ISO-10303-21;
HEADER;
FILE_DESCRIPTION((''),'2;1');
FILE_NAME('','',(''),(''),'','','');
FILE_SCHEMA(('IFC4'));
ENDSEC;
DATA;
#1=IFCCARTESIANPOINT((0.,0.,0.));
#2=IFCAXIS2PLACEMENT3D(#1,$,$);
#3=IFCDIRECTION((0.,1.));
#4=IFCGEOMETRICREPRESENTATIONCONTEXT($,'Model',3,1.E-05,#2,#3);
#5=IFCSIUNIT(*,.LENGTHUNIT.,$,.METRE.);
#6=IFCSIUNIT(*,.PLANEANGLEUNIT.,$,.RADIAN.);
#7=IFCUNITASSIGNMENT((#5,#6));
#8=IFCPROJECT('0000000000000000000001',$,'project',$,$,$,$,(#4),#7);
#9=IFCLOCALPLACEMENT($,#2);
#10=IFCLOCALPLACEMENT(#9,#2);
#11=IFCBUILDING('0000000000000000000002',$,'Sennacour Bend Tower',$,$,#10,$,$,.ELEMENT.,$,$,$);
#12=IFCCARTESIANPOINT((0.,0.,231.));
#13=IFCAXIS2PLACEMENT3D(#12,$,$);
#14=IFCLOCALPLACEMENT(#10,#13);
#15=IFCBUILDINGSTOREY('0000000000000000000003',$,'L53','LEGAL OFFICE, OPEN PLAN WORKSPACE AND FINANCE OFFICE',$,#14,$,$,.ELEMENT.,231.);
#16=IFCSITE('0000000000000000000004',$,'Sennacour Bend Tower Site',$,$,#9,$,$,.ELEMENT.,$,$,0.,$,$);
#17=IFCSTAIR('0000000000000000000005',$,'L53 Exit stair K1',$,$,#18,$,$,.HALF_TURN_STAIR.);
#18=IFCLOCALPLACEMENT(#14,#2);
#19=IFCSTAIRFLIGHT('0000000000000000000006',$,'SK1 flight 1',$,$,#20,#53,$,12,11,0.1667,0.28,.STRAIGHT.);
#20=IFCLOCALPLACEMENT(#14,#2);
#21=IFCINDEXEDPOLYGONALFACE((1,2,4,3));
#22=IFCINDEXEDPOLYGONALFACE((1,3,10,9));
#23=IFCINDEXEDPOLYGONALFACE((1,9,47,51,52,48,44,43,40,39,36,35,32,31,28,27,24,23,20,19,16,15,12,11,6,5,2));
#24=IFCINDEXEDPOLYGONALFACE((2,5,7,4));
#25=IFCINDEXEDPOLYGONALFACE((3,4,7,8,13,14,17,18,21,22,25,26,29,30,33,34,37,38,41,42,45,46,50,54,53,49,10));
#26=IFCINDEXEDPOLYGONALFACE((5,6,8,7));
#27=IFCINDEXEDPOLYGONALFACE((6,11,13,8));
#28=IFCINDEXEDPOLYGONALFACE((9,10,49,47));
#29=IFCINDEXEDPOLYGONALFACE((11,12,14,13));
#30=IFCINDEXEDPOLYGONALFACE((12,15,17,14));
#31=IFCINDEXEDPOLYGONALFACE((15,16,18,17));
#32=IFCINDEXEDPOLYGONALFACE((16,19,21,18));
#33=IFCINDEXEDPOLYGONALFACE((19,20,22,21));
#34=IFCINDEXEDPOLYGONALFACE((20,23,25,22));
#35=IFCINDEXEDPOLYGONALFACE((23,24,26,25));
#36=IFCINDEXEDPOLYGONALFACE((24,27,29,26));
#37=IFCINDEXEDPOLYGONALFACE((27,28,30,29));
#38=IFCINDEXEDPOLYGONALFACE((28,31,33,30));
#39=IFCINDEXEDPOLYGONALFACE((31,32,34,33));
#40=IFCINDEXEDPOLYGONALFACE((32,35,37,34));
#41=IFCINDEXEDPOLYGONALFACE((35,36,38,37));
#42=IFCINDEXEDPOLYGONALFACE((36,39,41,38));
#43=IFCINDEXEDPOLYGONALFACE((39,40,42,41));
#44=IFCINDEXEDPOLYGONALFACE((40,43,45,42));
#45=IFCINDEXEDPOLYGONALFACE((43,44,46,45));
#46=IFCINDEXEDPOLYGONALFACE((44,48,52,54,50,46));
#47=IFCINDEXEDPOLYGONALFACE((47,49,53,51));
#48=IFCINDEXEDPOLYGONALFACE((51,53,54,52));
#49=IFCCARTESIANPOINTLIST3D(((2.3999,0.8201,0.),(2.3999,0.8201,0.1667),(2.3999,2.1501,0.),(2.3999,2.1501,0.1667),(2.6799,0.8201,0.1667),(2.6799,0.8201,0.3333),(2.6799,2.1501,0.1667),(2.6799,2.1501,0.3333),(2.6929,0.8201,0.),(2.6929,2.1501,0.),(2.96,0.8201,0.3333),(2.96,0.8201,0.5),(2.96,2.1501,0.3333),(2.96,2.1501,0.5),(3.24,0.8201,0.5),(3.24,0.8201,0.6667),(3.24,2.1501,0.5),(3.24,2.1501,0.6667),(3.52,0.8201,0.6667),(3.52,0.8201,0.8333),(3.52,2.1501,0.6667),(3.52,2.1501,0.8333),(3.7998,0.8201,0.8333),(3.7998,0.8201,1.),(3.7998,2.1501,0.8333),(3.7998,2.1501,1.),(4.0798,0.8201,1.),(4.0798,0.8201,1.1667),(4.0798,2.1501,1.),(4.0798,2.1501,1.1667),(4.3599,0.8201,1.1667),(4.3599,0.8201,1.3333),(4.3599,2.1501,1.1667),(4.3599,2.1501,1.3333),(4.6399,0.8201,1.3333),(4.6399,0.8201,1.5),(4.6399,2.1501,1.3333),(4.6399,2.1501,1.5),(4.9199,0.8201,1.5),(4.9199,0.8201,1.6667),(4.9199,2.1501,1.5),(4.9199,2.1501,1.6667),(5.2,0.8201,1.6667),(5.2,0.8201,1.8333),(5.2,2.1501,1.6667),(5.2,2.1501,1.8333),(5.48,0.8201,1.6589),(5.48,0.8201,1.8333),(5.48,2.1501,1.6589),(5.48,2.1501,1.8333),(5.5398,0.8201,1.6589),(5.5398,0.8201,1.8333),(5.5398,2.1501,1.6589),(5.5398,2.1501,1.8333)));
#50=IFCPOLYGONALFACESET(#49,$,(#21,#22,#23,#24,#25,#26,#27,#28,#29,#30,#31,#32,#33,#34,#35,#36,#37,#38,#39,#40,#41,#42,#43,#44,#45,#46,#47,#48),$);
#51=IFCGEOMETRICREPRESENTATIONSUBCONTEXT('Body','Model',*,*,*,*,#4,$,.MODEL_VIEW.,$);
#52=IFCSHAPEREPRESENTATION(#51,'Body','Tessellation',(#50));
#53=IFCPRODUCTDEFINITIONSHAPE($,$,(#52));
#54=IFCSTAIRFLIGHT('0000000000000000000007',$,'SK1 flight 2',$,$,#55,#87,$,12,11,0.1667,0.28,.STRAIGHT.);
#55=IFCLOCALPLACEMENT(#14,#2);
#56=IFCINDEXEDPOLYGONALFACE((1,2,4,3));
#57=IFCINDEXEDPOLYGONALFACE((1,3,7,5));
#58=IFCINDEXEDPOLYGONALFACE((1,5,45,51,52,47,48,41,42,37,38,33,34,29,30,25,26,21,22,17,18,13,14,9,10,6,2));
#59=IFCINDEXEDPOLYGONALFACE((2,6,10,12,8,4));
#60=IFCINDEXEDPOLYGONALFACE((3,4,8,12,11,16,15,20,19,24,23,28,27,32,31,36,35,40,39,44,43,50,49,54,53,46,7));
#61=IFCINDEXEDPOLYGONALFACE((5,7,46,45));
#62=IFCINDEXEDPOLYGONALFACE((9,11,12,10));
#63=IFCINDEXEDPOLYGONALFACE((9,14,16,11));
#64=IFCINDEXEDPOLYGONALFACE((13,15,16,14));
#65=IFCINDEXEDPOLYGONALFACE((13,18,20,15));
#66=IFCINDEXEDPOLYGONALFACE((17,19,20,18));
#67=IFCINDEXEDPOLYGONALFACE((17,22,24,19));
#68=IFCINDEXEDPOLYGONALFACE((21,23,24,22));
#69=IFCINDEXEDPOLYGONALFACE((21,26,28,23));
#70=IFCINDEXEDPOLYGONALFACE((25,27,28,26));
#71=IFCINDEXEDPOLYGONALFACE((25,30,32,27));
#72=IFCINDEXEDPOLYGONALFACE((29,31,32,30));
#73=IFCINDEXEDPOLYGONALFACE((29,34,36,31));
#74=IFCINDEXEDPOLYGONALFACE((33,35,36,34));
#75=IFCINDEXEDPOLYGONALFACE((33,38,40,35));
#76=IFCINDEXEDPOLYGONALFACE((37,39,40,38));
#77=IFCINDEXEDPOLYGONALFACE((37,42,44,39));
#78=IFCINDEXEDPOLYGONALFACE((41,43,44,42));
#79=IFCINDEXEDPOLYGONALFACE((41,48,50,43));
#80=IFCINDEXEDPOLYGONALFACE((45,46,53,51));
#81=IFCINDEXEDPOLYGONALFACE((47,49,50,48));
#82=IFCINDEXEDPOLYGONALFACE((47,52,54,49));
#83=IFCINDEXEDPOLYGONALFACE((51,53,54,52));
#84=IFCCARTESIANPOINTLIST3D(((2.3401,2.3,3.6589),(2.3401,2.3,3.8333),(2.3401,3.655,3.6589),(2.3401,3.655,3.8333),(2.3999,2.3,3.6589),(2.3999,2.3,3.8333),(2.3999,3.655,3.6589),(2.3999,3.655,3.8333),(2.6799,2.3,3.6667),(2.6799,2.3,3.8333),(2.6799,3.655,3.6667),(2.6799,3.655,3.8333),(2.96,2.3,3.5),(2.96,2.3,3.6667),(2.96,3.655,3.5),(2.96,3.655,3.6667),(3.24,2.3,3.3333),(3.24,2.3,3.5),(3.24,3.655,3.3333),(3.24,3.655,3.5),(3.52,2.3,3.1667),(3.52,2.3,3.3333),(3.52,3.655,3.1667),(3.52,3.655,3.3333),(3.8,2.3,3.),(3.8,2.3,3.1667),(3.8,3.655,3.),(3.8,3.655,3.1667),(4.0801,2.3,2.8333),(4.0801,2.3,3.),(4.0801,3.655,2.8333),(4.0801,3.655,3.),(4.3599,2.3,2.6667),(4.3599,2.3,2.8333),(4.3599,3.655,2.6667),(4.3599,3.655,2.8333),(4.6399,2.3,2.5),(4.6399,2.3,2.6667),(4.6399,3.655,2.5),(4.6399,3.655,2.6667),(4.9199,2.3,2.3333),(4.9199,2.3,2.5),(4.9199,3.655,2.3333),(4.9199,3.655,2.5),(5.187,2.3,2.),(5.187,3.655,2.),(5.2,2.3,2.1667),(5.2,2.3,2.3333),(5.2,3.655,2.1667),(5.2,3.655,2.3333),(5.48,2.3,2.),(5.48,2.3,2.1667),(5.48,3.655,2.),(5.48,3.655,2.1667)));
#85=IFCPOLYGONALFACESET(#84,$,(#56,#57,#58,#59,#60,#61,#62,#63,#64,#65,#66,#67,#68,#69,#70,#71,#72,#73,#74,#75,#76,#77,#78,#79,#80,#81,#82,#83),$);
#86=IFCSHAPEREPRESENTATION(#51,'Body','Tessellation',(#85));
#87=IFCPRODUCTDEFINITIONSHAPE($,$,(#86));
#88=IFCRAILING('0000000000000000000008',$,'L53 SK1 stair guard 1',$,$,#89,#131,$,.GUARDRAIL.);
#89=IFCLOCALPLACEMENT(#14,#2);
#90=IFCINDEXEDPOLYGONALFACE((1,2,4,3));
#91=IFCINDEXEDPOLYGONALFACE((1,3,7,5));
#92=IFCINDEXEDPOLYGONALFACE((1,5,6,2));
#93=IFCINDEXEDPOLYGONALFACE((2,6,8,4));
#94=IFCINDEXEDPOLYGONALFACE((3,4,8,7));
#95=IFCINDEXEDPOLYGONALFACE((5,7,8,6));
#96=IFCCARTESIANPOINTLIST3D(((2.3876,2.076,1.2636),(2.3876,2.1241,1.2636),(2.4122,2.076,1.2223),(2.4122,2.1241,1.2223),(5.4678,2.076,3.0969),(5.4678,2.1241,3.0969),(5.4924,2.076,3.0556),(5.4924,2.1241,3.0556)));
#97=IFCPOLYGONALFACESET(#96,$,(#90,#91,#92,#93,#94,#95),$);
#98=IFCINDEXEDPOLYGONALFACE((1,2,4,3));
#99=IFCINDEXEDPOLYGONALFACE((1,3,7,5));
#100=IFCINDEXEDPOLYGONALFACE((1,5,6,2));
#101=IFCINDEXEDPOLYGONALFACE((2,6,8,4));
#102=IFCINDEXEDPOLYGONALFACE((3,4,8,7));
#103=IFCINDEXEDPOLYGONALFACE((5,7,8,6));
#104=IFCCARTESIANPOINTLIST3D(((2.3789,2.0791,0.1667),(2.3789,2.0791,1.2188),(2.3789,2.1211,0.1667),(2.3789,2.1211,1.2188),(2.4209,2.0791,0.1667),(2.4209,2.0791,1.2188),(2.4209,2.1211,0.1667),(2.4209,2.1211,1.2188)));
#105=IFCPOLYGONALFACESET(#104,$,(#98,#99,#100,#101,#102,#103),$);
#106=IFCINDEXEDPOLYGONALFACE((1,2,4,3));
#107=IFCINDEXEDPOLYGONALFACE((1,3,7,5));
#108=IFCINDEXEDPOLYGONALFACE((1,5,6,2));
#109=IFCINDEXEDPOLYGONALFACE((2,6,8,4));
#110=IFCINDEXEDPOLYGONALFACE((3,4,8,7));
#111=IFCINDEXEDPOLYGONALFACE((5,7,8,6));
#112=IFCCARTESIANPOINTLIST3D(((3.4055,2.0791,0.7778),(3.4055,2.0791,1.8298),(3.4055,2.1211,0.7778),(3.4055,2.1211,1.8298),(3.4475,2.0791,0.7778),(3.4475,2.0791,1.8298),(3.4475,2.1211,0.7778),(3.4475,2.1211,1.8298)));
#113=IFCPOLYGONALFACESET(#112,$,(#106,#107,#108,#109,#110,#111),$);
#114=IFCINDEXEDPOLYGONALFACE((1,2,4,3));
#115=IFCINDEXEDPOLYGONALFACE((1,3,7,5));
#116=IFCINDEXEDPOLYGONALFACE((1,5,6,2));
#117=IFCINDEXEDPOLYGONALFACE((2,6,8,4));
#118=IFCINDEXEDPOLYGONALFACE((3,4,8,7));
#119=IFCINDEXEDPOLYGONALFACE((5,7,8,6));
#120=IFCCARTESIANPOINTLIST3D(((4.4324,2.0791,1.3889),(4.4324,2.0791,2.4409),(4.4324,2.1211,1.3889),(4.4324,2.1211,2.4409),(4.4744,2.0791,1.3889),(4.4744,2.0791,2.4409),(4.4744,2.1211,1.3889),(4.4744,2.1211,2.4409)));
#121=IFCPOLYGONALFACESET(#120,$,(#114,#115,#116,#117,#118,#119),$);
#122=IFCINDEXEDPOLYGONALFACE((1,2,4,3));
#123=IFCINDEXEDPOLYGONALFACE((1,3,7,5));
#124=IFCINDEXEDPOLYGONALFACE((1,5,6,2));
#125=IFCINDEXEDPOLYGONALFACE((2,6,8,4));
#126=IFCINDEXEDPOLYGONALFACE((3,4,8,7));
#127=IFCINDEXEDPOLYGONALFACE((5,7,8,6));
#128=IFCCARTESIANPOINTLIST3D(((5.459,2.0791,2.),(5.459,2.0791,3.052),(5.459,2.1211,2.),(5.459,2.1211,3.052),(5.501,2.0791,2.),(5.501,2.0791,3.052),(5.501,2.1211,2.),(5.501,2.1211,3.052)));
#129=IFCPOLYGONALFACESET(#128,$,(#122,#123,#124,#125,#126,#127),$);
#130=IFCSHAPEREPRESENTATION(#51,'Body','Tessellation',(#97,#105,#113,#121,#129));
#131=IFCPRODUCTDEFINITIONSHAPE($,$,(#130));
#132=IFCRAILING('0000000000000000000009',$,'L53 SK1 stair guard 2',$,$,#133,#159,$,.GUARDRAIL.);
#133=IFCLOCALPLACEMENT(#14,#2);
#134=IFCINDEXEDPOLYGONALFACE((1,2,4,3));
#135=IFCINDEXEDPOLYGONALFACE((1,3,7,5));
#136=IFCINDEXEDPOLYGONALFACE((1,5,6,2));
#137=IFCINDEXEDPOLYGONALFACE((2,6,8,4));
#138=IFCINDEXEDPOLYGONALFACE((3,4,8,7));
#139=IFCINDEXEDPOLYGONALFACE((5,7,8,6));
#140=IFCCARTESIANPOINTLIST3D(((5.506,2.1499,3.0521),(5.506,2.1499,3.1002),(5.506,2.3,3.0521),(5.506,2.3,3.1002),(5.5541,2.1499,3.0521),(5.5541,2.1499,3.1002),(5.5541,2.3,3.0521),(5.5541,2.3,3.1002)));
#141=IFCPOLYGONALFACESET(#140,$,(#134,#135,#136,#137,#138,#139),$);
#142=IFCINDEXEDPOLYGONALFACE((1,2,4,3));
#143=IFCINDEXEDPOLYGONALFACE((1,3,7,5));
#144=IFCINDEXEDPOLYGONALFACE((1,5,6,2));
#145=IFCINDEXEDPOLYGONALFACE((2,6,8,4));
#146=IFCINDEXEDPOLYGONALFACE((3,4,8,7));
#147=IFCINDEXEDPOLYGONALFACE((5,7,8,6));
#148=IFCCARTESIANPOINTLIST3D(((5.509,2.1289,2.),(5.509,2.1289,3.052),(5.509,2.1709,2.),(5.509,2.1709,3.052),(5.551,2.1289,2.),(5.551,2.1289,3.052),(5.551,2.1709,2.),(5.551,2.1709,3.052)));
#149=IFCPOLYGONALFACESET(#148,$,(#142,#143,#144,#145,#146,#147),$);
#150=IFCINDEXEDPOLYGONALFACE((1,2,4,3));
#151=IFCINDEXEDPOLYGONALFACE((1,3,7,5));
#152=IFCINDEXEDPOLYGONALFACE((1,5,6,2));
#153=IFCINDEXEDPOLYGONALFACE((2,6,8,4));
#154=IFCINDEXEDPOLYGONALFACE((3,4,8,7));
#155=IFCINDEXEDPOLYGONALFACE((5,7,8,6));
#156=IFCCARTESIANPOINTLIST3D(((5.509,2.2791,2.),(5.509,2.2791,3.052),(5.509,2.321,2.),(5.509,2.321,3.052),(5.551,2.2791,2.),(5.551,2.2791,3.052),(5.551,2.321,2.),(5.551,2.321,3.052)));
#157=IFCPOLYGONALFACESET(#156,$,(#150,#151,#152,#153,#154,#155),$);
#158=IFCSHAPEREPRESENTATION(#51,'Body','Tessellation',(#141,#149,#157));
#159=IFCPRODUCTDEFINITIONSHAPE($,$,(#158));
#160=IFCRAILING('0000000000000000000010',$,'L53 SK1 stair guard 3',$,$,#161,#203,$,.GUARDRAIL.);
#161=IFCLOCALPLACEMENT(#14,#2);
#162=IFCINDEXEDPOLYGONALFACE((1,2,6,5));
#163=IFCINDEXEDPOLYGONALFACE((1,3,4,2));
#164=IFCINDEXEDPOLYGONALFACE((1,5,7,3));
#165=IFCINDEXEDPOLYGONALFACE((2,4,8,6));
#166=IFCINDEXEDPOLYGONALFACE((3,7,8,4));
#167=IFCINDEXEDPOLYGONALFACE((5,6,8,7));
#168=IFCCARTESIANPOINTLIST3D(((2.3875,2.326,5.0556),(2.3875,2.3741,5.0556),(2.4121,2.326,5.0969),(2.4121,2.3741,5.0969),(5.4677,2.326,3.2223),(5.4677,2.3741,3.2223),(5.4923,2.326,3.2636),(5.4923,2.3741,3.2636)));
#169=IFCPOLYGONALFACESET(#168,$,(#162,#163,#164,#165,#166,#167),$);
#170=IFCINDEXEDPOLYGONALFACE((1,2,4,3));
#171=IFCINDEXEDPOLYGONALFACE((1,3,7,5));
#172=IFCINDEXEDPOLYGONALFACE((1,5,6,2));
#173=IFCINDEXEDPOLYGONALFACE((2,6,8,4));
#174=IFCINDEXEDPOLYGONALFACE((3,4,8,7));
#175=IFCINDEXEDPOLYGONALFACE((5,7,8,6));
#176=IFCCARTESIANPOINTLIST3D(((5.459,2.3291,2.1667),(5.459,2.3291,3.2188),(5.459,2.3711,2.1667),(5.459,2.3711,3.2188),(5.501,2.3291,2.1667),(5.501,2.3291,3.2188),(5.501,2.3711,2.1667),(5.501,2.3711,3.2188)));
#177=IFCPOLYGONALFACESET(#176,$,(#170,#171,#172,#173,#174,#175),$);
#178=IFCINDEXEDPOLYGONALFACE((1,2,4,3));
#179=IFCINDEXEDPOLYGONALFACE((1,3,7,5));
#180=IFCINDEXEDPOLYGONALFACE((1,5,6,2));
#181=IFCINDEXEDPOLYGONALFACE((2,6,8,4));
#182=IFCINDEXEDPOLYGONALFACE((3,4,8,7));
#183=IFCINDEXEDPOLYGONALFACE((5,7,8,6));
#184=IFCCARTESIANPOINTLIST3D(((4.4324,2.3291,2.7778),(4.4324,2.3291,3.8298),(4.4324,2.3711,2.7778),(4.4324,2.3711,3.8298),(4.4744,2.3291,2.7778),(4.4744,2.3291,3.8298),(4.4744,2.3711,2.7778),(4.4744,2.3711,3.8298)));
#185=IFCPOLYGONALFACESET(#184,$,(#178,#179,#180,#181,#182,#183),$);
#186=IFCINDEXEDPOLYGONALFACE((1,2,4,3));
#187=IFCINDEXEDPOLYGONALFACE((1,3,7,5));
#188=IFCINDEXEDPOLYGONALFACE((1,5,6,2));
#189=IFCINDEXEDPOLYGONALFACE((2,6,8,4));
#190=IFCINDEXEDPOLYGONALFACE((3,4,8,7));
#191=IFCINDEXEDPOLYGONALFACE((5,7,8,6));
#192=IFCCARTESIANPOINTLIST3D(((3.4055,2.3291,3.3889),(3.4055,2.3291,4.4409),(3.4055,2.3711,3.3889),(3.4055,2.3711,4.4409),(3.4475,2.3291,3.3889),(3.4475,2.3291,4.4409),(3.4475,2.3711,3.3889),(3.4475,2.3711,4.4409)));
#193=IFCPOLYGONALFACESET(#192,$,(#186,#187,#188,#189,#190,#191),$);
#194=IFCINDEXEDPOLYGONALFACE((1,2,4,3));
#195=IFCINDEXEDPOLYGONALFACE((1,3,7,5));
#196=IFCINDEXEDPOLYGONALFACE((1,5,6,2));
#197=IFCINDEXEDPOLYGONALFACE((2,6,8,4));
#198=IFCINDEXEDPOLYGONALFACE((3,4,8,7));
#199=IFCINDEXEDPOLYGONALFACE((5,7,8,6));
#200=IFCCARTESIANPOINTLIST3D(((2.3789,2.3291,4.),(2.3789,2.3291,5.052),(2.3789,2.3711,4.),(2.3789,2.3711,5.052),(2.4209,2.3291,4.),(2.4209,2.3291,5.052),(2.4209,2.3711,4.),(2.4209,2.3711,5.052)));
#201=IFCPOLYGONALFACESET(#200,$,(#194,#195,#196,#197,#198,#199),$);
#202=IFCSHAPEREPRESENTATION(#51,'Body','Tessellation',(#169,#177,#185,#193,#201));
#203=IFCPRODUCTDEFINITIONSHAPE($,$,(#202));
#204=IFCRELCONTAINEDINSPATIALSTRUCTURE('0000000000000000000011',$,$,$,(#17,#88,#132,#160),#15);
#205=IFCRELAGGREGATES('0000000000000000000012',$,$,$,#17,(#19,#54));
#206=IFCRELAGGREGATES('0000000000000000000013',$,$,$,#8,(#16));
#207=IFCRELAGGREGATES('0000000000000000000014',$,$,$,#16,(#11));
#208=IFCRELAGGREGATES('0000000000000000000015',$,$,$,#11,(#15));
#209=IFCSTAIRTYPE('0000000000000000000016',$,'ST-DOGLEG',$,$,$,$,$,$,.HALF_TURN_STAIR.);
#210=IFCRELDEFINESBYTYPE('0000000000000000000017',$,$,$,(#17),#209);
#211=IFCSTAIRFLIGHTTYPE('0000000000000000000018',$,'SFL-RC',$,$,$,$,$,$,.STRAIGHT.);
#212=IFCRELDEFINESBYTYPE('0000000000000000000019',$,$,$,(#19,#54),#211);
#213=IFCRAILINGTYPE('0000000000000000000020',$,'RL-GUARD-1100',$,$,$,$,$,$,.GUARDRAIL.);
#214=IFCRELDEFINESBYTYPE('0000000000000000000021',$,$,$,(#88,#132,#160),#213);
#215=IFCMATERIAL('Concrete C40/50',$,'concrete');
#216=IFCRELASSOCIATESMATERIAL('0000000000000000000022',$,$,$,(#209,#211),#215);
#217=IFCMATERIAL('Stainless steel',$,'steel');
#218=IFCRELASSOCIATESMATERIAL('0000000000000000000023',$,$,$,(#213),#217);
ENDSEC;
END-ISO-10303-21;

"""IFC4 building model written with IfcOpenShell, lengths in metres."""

from ifc_helpers import new_model, si_unit, direction, frame, origin, origin_2d, place, context, subcontext, project, spatial, polyline, rectangle, outline, extrude, material, type_object, element, aggregate, save


model = new_model("IFC4")

# Units and contexts
model_context = context("Model", 3, precision=1e-05, world=origin(), true_north=direction((0.0, 1.0)))
body_context = subcontext(model_context, "Body", "Model", "MODEL_VIEW")
ifc_project = project(units=[si_unit("LENGTHUNIT", "METRE"), si_unit("PLANEANGLEUNIT", "RADIAN")], contexts=[model_context])

# Site, building, storey
site_placement = place(None, origin())
site = spatial("IfcSite", under=ifc_project, at=site_placement, Name="Sennacour Bend Tower Site", CompositionType="ELEMENT", RefElevation=0.0)
building_placement = place(site_placement, origin())
building = spatial("IfcBuilding", under=site, at=building_placement, Name="Sennacour Bend Tower", CompositionType="ELEMENT")
storey_placement = place(building_placement, frame((0.0, 0.0, 231.0)))
storey = spatial("IfcBuildingStorey", under=building, at=storey_placement, Name="L53", Description="LEGAL OFFICE, OPEN PLAN WORKSPACE AND FINANCE OFFICE", CompositionType="ELEMENT", Elevation=231.0)

# Stair, stair flights
ifc_material_1 = material(Name="Concrete C40/50", Category="concrete")
stair_type = type_object("IfcStairType", Name="ST-DOGLEG", PredefinedType="HALF_TURN_STAIR", material=ifc_material_1)
stair_placement = place(storey_placement, origin())
stair = element("IfcStair", 1, at=stair_placement, inside=storey, type_object=stair_type, Name="L53 Exit stair K1", PredefinedType="HALF_TURN_STAIR")
stair_flight_type = type_object("IfcStairFlightType", Name="SFL-RC", PredefinedType="STRAIGHT", material=ifc_material_1)
stair_flight_1_placement = place(storey_placement, frame((2.3999, 1.4851, 0.0), z_axis=(0.0, 0.0, 1.0), x_axis=(1.0, 0.0, 0.0)))
stair_flight_1 = element("IfcStairFlight", 2, at=stair_flight_1_placement, type_object=stair_flight_type, Name="SK1 flight 1", NumberOfRisers=12, NumberOfTreads=11, PredefinedType="STRAIGHT", RiserHeight=0.1667, TreadLength=0.28, context=body_context, shape_type="SweptSolid", body=[
    extrude(outline(polyline([(0.0, 0.0), (0.0, 0.1667), (0.28, 0.1667), (0.28, 0.3333), (0.5601, 0.3333), (0.5601, 0.5), (0.8401, 0.5), (0.8401, 0.6667), (1.1201, 0.6667), (1.1201, 0.8333), (1.3999, 0.8333), (1.3999, 1.0), (1.6799, 1.0), (1.6799, 1.1667), (1.96, 1.1667), (1.96, 1.3333), (2.24, 1.3333), (2.24, 1.5), (2.52, 1.5), (2.52, 1.6667), (2.8, 1.6667), (2.8, 1.8333), (3.0801, 1.8333), (3.1399, 1.8333), (3.1399, 1.6589), (3.0801, 1.6589), (0.293, 0.0), (0.0, 0.0)])), frame((0.0, 0.665, 0.0), z_axis=(0.0, -1.0, 0.0), x_axis=(1.0, 0.0, 0.0)), (0.0, 0.0, 1.0), 1.3301),
])
stair_flight_2_placement = place(storey_placement, frame((5.48, 2.9775, 2.0), z_axis=(0.0, 0.0, 1.0), x_axis=(-1.0, 0.0, 0.0)))
stair_flight_2 = element("IfcStairFlight", 3, at=stair_flight_2_placement, type_object=stair_flight_type, Name="SK1 flight 2", NumberOfRisers=12, NumberOfTreads=11, PredefinedType="STRAIGHT", RiserHeight=0.1667, TreadLength=0.28, context=body_context, shape_type="SweptSolid", body=[
    extrude(outline(polyline([(0.0, 0.0), (0.0, 0.1667), (0.28, 0.1667), (0.28, 0.3333), (0.5601, 0.3333), (0.5601, 0.5), (0.8401, 0.5), (0.8401, 0.6667), (1.1201, 0.6667), (1.1201, 0.8333), (1.3999, 0.8333), (1.3999, 1.0), (1.6799, 1.0), (1.6799, 1.1667), (1.96, 1.1667), (1.96, 1.3333), (2.24, 1.3333), (2.24, 1.5), (2.52, 1.5), (2.52, 1.6667), (2.8, 1.6667), (2.8, 1.8333), (3.0801, 1.8333), (3.1399, 1.8333), (3.1399, 1.6589), (3.0801, 1.6589), (0.293, 0.0), (0.0, 0.0)])), frame((0.0, 0.6775, 0.0), z_axis=(0.0, -1.0, 0.0), x_axis=(1.0, 0.0, 0.0)), (0.0, 0.0, 1.0), 1.355),
])
aggregate(stair, [stair_flight_1, stair_flight_2])

# Railings
ifc_material_2 = material(Name="Stainless steel", Category="steel")
railing_type_1 = type_object("IfcRailingType", Name="RL-GUARD-1100", PredefinedType="GUARDRAIL", material=ifc_material_2)
railing_1_placement = place(storey_placement, frame((2.3999, 2.1001, 0.1667)))
element("IfcRailing", 4, at=railing_1_placement, inside=storey, type_object=railing_type_1, Name="L53 SK1 stair guard 1", PredefinedType="GUARDRAIL", context=body_context, shape_type="SweptSolid", body=[
    extrude(rectangle(XDim=0.0481, YDim=0.0481, at=origin_2d()), frame((0.0, 0.0, 1.0762), z_axis=(0.859309, 0.0, 0.511458), x_axis=(0.0, 1.0, 0.0)), (0.0, 0.0, 1.0), 3.5845),
    extrude(rectangle(XDim=0.042, YDim=0.042, at=origin_2d()), origin(), (0.0, 0.0, 1.0), 1.052),
    extrude(rectangle(XDim=0.042, YDim=0.042, at=origin_2d()), frame((1.0266, 0.0, 0.6111)), (0.0, 0.0, 1.0), 1.052),
    extrude(rectangle(XDim=0.042, YDim=0.042, at=origin_2d()), frame((2.0535, 0.0, 1.2222)), (0.0, 0.0, 1.0), 1.052),
    extrude(rectangle(XDim=0.042, YDim=0.042, at=origin_2d()), frame((3.0801, 0.0, 1.8333)), (0.0, 0.0, 1.0), 1.052),
])
railing_2_placement = place(storey_placement, frame((5.53, 2.1499, 2.0)))
element("IfcRailing", 5, at=railing_2_placement, inside=storey, type_object=railing_type_1, Name="L53 SK1 stair guard 2", PredefinedType="GUARDRAIL", context=body_context, shape_type="SweptSolid", body=[
    extrude(rectangle(XDim=0.0481, YDim=0.0481, at=origin_2d()), frame((0.0, 0.0, 1.0762), z_axis=(0.0, 1.0, 0.0), x_axis=(-1.0, 0.0, 0.0)), (0.0, 0.0, 1.0), 0.1501),
    extrude(rectangle(XDim=0.042, YDim=0.042, at=origin_2d()), origin(), (0.0, 0.0, 1.0), 1.052),
    extrude(rectangle(XDim=0.042, YDim=0.042, at=origin_2d()), frame((0.0, 0.1501, 0.0)), (0.0, 0.0, 1.0), 1.052),
])
railing_3_placement = place(storey_placement, frame((5.48, 2.3501, 2.1667)))
element("IfcRailing", 6, at=railing_3_placement, inside=storey, type_object=railing_type_1, Name="L53 SK1 stair guard 3", PredefinedType="GUARDRAIL", context=body_context, shape_type="SweptSolid", body=[
    extrude(rectangle(XDim=0.0481, YDim=0.0481, at=origin_2d()), frame((0.0, 0.0, 1.0762), z_axis=(-0.859309, 0.0, 0.511458), x_axis=(0.0, -1.0, 0.0)), (0.0, 0.0, 1.0), 3.5845),
    extrude(rectangle(XDim=0.042, YDim=0.042, at=origin_2d()), origin(), (0.0, 0.0, 1.0), 1.052),
    extrude(rectangle(XDim=0.042, YDim=0.042, at=origin_2d()), frame((-1.0266, 0.0, 0.6111)), (0.0, 0.0, 1.0), 1.052),
    extrude(rectangle(XDim=0.042, YDim=0.042, at=origin_2d()), frame((-2.0535, 0.0, 1.2222)), (0.0, 0.0, 1.0), 1.052),
    extrude(rectangle(XDim=0.042, YDim=0.042, at=origin_2d()), frame((-3.0801, 0.0, 1.8333)), (0.0, 0.0, 1.0), 1.052),
])

save(model, "model.ifc")
